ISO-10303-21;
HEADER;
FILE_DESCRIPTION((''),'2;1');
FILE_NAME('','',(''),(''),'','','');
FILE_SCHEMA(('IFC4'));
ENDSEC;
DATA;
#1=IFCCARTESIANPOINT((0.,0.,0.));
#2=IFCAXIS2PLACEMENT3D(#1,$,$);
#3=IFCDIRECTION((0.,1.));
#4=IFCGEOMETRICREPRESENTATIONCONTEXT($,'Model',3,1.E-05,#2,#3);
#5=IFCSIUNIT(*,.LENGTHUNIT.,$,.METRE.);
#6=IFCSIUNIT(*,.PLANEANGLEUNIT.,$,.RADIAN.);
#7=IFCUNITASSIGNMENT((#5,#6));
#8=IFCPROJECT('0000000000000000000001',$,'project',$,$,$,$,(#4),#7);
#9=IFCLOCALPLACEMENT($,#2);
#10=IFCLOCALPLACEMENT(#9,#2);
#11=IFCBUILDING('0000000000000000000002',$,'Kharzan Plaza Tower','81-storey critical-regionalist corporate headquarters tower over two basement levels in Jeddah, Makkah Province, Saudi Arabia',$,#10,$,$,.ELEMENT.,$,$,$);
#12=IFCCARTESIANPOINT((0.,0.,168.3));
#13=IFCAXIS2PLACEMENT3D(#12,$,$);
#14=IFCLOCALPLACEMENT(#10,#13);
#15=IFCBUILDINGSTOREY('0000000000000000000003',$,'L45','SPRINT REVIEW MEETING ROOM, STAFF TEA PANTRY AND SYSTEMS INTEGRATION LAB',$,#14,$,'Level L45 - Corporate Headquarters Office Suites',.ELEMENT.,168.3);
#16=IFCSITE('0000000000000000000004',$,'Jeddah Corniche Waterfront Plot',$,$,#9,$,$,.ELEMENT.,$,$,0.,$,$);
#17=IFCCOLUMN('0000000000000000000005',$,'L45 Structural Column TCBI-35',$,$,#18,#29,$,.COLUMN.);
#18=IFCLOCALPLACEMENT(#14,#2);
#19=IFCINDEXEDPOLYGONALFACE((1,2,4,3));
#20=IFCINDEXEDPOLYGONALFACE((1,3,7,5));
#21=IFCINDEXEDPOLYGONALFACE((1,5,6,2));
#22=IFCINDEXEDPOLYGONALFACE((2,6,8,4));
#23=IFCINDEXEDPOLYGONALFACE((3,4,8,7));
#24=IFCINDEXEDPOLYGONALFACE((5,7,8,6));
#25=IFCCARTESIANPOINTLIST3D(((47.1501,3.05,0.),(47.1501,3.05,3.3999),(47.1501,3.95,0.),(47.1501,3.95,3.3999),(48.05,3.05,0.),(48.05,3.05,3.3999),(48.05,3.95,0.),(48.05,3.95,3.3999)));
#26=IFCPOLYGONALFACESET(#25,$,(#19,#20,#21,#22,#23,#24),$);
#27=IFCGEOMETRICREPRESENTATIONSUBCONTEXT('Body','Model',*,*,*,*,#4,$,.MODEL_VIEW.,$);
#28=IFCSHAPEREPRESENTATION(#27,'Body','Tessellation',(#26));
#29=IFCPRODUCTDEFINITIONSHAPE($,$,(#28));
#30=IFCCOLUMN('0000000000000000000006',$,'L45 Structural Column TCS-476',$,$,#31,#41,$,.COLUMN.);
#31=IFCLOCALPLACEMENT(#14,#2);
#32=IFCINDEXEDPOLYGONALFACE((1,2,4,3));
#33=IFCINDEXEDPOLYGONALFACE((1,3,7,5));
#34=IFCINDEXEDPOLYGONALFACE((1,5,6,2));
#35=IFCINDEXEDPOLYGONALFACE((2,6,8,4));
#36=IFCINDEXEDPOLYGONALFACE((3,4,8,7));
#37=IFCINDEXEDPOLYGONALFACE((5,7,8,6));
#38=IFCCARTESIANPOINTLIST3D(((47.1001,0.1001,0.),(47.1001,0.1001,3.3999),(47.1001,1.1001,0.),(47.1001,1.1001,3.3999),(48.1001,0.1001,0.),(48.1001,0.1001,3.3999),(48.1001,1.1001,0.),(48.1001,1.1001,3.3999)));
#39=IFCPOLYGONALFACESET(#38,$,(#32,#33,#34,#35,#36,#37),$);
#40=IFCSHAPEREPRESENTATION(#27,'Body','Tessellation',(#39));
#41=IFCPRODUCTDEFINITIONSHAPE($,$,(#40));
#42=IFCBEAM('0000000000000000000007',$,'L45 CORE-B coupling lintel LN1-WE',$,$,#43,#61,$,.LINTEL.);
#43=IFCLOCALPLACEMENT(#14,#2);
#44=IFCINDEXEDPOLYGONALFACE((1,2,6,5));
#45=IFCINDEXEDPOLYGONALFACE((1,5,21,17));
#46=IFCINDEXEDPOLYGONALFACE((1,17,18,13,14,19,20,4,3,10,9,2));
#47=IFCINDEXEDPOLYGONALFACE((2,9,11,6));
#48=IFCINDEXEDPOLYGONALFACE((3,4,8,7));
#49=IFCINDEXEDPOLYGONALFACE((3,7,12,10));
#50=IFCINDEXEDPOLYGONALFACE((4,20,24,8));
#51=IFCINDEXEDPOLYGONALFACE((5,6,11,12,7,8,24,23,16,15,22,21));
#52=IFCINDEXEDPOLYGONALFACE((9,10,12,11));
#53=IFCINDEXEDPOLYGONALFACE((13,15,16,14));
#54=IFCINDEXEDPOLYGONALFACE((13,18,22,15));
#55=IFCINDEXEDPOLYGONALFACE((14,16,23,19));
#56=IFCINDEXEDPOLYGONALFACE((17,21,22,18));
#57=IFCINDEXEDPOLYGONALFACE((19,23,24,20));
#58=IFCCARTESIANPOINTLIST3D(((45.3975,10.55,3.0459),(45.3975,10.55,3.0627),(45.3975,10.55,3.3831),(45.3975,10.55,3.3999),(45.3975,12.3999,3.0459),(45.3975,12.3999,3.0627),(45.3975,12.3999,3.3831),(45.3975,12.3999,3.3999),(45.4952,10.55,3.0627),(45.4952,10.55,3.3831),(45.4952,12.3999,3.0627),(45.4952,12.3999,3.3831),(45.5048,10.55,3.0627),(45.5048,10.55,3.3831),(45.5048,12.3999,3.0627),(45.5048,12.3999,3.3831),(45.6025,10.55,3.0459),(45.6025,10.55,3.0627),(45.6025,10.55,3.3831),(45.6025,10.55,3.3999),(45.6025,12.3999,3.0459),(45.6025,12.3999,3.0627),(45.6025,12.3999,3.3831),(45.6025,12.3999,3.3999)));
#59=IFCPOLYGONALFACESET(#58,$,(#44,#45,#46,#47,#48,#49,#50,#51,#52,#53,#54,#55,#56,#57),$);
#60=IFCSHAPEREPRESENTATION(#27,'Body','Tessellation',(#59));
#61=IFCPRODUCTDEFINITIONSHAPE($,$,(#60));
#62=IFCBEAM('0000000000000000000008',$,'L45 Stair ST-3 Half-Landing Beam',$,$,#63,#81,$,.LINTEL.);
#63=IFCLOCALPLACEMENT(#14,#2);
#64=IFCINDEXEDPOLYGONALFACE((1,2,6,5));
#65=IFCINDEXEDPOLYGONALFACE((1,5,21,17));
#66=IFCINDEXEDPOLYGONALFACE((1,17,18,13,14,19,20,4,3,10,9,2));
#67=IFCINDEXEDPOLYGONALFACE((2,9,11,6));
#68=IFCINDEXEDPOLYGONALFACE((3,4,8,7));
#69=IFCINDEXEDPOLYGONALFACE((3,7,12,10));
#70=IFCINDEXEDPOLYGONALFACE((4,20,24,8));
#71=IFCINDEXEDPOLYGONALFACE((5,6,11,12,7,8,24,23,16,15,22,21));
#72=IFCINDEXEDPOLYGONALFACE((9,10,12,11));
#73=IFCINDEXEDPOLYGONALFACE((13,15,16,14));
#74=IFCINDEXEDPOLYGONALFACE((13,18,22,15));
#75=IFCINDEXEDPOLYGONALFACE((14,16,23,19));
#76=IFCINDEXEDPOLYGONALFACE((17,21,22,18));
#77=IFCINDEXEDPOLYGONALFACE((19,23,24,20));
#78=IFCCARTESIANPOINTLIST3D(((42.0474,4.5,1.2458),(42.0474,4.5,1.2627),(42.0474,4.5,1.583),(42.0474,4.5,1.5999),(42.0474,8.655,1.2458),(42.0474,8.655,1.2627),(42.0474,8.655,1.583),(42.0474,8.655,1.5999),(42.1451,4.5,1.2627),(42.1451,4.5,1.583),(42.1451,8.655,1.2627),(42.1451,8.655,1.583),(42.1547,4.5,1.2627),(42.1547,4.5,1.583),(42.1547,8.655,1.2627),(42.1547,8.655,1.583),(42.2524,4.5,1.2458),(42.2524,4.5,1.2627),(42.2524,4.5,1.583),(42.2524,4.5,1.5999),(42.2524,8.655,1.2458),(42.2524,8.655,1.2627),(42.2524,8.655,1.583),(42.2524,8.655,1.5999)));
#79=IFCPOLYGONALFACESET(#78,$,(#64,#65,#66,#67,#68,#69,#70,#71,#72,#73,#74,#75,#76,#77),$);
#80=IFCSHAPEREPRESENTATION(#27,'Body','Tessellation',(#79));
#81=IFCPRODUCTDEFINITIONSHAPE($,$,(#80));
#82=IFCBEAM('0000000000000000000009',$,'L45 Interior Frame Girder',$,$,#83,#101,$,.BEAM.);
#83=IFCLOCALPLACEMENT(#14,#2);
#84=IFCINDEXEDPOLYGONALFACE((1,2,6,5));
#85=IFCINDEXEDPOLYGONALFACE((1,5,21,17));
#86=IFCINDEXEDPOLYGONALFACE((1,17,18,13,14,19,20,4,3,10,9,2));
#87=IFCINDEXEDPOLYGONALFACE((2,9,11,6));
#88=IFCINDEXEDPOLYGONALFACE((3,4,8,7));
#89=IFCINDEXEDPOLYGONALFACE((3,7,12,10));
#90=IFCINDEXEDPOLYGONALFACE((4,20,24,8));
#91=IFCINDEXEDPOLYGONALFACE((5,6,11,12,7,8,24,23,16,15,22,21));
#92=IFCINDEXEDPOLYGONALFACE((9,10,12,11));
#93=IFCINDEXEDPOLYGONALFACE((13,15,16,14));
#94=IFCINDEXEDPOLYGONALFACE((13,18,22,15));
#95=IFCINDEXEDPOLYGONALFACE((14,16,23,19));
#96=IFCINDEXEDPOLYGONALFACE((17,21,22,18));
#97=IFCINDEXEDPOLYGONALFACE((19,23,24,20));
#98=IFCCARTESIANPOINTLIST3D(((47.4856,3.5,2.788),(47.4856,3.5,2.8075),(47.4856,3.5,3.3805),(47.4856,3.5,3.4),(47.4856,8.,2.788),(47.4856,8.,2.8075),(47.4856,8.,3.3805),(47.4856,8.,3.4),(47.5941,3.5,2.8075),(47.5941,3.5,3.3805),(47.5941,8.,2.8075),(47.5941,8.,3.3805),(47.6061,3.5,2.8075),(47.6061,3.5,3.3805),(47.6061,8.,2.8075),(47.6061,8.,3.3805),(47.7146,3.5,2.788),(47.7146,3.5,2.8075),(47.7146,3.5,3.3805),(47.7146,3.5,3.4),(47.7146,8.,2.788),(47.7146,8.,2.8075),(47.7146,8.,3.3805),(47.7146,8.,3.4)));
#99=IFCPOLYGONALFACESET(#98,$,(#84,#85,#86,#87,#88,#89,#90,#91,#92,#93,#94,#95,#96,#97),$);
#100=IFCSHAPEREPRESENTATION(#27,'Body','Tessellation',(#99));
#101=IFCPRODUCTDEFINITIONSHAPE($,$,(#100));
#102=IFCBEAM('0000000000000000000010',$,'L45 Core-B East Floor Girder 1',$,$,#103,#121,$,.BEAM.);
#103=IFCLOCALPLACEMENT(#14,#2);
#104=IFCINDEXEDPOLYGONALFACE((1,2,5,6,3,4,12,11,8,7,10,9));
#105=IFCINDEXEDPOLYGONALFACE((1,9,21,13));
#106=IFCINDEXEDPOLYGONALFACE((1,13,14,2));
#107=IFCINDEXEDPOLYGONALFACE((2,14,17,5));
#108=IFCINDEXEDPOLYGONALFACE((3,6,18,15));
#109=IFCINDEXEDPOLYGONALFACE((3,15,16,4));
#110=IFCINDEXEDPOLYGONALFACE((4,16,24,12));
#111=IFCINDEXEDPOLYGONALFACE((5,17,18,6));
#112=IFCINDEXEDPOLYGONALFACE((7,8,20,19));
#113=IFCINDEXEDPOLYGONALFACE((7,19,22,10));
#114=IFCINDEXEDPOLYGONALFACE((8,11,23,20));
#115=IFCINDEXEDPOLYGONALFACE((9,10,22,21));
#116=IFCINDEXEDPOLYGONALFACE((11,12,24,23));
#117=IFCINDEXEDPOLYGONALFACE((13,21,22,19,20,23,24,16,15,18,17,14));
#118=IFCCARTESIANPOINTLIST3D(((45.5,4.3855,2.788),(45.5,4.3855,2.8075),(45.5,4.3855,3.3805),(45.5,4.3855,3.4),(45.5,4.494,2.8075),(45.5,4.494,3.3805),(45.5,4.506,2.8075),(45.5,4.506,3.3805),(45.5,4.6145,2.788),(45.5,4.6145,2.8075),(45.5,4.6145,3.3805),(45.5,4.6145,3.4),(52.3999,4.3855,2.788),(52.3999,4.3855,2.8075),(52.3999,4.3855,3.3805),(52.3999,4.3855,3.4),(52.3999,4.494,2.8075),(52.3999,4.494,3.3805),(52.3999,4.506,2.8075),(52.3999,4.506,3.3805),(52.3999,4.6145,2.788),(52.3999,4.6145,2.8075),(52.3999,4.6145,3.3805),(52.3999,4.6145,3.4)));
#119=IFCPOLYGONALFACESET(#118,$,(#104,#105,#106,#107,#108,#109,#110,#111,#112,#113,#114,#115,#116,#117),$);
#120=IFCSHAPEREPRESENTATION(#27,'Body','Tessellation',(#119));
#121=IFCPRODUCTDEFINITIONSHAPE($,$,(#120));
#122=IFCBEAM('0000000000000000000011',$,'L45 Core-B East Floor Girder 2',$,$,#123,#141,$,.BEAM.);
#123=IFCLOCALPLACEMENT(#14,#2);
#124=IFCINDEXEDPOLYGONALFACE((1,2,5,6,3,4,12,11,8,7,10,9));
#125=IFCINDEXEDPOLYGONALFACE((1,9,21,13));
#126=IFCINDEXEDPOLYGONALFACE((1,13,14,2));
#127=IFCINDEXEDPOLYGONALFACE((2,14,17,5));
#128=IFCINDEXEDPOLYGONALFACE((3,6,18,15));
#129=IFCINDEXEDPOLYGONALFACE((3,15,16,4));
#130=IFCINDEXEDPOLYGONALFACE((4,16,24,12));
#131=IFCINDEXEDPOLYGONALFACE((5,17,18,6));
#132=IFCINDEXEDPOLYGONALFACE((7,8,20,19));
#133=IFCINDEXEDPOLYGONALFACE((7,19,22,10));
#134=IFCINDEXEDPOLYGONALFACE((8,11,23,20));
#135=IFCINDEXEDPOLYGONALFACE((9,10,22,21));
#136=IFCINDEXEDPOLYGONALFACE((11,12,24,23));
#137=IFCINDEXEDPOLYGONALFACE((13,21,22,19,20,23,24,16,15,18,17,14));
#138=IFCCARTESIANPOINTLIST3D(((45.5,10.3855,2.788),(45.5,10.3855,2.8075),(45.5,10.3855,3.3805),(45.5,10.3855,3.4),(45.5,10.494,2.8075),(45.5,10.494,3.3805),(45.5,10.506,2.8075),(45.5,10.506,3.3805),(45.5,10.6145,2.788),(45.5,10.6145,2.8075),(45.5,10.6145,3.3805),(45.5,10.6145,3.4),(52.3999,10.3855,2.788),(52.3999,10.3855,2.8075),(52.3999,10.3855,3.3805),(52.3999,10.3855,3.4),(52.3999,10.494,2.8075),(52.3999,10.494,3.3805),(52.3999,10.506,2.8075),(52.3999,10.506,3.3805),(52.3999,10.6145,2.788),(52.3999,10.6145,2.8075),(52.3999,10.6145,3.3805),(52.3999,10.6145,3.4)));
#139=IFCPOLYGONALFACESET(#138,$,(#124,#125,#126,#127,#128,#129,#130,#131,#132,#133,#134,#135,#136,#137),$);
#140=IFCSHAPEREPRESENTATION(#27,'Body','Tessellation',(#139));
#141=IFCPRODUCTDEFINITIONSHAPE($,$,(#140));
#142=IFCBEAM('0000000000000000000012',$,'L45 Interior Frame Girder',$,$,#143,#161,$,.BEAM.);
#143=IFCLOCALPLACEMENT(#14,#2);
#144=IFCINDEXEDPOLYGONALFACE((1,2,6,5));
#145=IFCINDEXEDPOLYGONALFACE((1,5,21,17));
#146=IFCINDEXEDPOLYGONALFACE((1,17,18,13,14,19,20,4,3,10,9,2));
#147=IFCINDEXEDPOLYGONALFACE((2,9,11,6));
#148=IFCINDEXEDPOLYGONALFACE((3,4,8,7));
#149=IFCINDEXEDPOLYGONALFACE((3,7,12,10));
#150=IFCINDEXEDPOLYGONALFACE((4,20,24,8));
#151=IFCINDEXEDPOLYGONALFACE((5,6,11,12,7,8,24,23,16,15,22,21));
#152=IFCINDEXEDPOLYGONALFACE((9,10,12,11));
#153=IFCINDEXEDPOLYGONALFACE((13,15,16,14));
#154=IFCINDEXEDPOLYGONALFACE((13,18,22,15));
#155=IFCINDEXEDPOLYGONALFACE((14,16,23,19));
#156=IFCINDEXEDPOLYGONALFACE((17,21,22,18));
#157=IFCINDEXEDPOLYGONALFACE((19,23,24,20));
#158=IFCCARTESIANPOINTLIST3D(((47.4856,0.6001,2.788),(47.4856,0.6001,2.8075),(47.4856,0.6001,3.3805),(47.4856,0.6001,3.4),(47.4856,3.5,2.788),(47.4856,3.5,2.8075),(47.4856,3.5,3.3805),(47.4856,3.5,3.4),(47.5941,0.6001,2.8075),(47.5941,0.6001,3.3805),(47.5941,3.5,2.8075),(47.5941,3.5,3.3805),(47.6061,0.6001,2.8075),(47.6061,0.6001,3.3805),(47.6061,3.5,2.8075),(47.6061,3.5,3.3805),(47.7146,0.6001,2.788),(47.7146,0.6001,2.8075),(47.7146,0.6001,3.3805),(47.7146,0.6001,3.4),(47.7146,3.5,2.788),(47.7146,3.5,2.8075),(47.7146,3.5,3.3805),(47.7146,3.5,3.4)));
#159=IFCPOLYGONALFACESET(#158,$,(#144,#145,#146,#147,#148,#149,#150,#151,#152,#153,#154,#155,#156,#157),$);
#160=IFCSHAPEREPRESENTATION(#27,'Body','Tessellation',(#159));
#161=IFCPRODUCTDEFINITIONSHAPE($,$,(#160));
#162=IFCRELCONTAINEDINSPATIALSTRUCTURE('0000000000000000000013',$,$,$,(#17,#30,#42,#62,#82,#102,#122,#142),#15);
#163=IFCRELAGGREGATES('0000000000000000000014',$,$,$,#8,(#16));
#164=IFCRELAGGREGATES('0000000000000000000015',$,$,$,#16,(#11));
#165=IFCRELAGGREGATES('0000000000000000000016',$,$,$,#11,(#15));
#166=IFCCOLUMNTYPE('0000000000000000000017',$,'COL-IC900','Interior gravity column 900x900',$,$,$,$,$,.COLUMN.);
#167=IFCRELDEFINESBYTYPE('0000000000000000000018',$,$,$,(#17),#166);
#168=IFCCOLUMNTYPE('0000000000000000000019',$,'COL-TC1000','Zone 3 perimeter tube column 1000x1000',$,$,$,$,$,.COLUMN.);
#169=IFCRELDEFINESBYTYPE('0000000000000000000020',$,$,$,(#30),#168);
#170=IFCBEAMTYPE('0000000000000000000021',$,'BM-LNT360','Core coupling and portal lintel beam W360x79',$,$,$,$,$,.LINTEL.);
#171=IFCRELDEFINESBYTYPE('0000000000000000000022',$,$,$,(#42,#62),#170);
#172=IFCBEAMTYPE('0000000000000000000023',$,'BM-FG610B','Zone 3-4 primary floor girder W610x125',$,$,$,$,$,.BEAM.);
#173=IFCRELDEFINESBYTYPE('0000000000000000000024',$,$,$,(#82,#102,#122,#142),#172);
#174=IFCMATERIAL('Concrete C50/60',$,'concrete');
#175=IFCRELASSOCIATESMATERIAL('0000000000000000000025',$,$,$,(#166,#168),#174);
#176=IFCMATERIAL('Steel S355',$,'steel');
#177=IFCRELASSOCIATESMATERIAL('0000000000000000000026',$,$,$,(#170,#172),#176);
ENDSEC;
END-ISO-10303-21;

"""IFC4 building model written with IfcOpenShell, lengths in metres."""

from ifc_helpers import new_model, si_unit, direction, frame, origin, origin_2d, place, context, subcontext, project, spatial, rectangle, i_section, extrude, source, transform, mapped, material, material_profile, profile_set, type_object, element, save


model = new_model("IFC4")

# Units and contexts
model_context = context("Model", 3, precision=1e-05, world=origin(), true_north=direction((0.0, 1.0)))
body_context = subcontext(model_context, "Body", "Model", "MODEL_VIEW")
ifc_project = project(units=[si_unit("LENGTHUNIT", "METRE"), si_unit("PLANEANGLEUNIT", "RADIAN")], contexts=[model_context])

# Site, building, storey
site_placement = place(None, origin())
site = spatial("IfcSite", under=ifc_project, at=site_placement, Name="Jeddah Corniche Waterfront Plot", CompositionType="ELEMENT", RefElevation=0.0)
building_placement = place(site_placement, origin())
building = spatial("IfcBuilding", under=site, at=building_placement, Name="Kharzan Plaza Tower", Description="81-storey critical-regionalist corporate headquarters tower over two basement levels in Jeddah, Makkah Province, Saudi Arabia", CompositionType="ELEMENT")
storey_placement = place(building_placement, frame((0.0, 0.0, 168.3)))
storey = spatial("IfcBuildingStorey", under=building, at=storey_placement, Name="L45", Description="SPRINT REVIEW MEETING ROOM, STAFF TEA PANTRY AND SYSTEMS INTEGRATION LAB", LongName="Level L45 - Corporate Headquarters Office Suites", CompositionType="ELEMENT", Elevation=168.3)

# Columns
ifc_material_1 = material(Name="Concrete C50/60", Category="concrete")
ifc_material_profile_1 = material_profile(ifc_material_1, rectangle(XDim=0.8999, YDim=0.8999, at=origin_2d()), Name="RC-IC900x900")
ifc_profile_set_1 = profile_set([ifc_material_profile_1], Name="Concrete C50/60")
column_type_1 = type_object("IfcColumnType", Name="COL-IC900", Description="Interior gravity column 900x900", PredefinedType="COLUMN", material=ifc_profile_set_1)
shared_shape_1 = source(origin(), body_context, "Body", "SweptSolid", [
    extrude(rectangle(XDim=0.8999, YDim=0.8999, at=origin_2d()), origin(), (0.0, 0.0, 1.0), 3.3999),
])
column_1_placement = place(storey_placement, frame((47.6001, 3.5, 0.0), z_axis=(0.0, 0.0, 1.0), x_axis=(1.0, 0.0, 0.0)))
element("IfcColumn", 1, at=column_1_placement, inside=storey, type_object=column_type_1, Name="L45 Structural Column TCBI-35", PredefinedType="COLUMN", context=body_context, shape_type="MappedRepresentation", body=[
    mapped(shared_shape_1, transform((0.0, 0.0, 0.0), x_axis=(1.0, 0.0, 0.0), y_axis=(0.0, 1.0, 0.0), z_axis=(0.0, 0.0, 1.0))),
])
ifc_material_profile_2 = material_profile(ifc_material_1, rectangle(XDim=1.0, YDim=1.0, at=origin_2d()), Name="RC-TC1000x1000")
ifc_profile_set_2 = profile_set([ifc_material_profile_2], Name="Concrete C50/60")
column_type_2 = type_object("IfcColumnType", Name="COL-TC1000", Description="Zone 3 perimeter tube column 1000x1000", PredefinedType="COLUMN", material=ifc_profile_set_2)
shared_shape_2 = source(origin(), body_context, "Body", "SweptSolid", [
    extrude(rectangle(XDim=1.0, YDim=1.0, at=origin_2d()), origin(), (0.0, 0.0, 1.0), 3.3999),
])
column_2_placement = place(storey_placement, frame((47.6001, 0.6001, 0.0), z_axis=(0.0, 0.0, 1.0), x_axis=(1.0, 0.0, 0.0)))
element("IfcColumn", 2, at=column_2_placement, inside=storey, type_object=column_type_2, Name="L45 Structural Column TCS-476", PredefinedType="COLUMN", context=body_context, shape_type="MappedRepresentation", body=[
    mapped(shared_shape_2, transform((0.0, 0.0, 0.0), x_axis=(1.0, 0.0, 0.0), y_axis=(0.0, 1.0, 0.0), z_axis=(0.0, 0.0, 1.0))),
])

# Beams
ifc_material_2 = material(Name="Steel S355", Category="steel")
ifc_material_profile_3 = material_profile(ifc_material_2, i_section(OverallWidth=0.2051, OverallDepth=0.354, WebThickness=0.0095, FlangeThickness=0.0168, at=origin_2d()), Name="W360x79")
ifc_profile_set_3 = profile_set([ifc_material_profile_3], Name="Steel S355")
beam_type_1 = type_object("IfcBeamType", Name="BM-LNT360", Description="Core coupling and portal lintel beam W360x79", PredefinedType="LINTEL", material=ifc_profile_set_3)
shared_shape_3 = source(origin(), body_context, "Body", "SweptSolid", [
    extrude(i_section(OverallWidth=0.2051, OverallDepth=0.354, WebThickness=0.0095, FlangeThickness=0.0168, at=origin_2d()), origin(), (0.0, 0.0, 1.0), 1.8499),
])
beam_1_placement = place(storey_placement, frame((45.5, 10.55, 3.2229), z_axis=(0.0, 1.0, 0.0), x_axis=(-1.0, 0.0, 0.0)))
element("IfcBeam", 3, at=beam_1_placement, inside=storey, type_object=beam_type_1, Name="L45 CORE-B coupling lintel LN1-WE", PredefinedType="LINTEL", context=body_context, shape_type="MappedRepresentation", body=[
    mapped(shared_shape_3, transform((0.0, 0.0, 0.0), x_axis=(1.0, 0.0, 0.0), y_axis=(0.0, 1.0, 0.0), z_axis=(0.0, 0.0, 1.0))),
])
shared_shape_4 = source(origin(), body_context, "Body", "SweptSolid", [
    extrude(i_section(OverallWidth=0.2051, OverallDepth=0.354, WebThickness=0.0095, FlangeThickness=0.0168, at=origin_2d()), origin(), (0.0, 0.0, 1.0), 4.155),
])
beam_2_placement = place(storey_placement, frame((42.1499, 4.5, 1.4229), z_axis=(0.0, 1.0, 0.0), x_axis=(-1.0, 0.0, 0.0)))
element("IfcBeam", 4, at=beam_2_placement, inside=storey, type_object=beam_type_1, Name="L45 Stair ST-3 Half-Landing Beam", PredefinedType="LINTEL", context=body_context, shape_type="MappedRepresentation", body=[
    mapped(shared_shape_4, transform((0.0, 0.0, 0.0), x_axis=(1.0, 0.0, 0.0), y_axis=(0.0, 1.0, 0.0), z_axis=(0.0, 0.0, 1.0))),
])
ifc_material_profile_4 = material_profile(ifc_material_2, i_section(OverallWidth=0.229, OverallDepth=0.6121, WebThickness=0.012, FlangeThickness=0.0195, at=origin_2d()), Name="W610x125")
ifc_profile_set_4 = profile_set([ifc_material_profile_4], Name="Steel S355")
beam_type_2 = type_object("IfcBeamType", Name="BM-FG610B", Description="Zone 3-4 primary floor girder W610x125", PredefinedType="BEAM", material=ifc_profile_set_4)
shared_shape_5 = source(origin(), body_context, "Body", "SweptSolid", [
    extrude(i_section(OverallWidth=0.229, OverallDepth=0.6121, WebThickness=0.012, FlangeThickness=0.0195, at=origin_2d()), origin(), (0.0, 0.0, 1.0), 4.5),
])
beam_3_placement = place(storey_placement, frame((47.6001, 3.5, 3.094), z_axis=(0.0, 1.0, 0.0), x_axis=(-1.0, 0.0, 0.0)))
element("IfcBeam", 5, at=beam_3_placement, inside=storey, type_object=beam_type_2, Name="L45 Interior Frame Girder", PredefinedType="BEAM", context=body_context, shape_type="MappedRepresentation", body=[
    mapped(shared_shape_5, transform((0.0, 0.0, 0.0), x_axis=(1.0, 0.0, 0.0), y_axis=(0.0, 1.0, 0.0), z_axis=(0.0, 0.0, 1.0))),
])
shared_shape_6 = source(origin(), body_context, "Body", "SweptSolid", [
    extrude(i_section(OverallWidth=0.229, OverallDepth=0.6121, WebThickness=0.012, FlangeThickness=0.0195, at=origin_2d()), origin(), (0.0, 0.0, 1.0), 6.8999),
])
for number, where, z_axis, x_axis, name in (
    (6, (45.5, 4.5, 3.094), (1.0, 0.0, 0.0), (0.0, 1.0, 0.0), "L45 Core-B East Floor Girder 1"),
    (7, (45.5, 10.5, 3.094), (1.0, 0.0, 0.0), (0.0, 1.0, 0.0), "L45 Core-B East Floor Girder 2"),
):
    element("IfcBeam", number, at=place(storey_placement, frame(where, z_axis=z_axis, x_axis=x_axis)), inside=storey, type_object=beam_type_2, Name=name, PredefinedType="BEAM", context=body_context, shape_type="MappedRepresentation", body=[
        mapped(shared_shape_6, transform((0.0, 0.0, 0.0), x_axis=(1.0, 0.0, 0.0), y_axis=(0.0, 1.0, 0.0), z_axis=(0.0, 0.0, 1.0))),
    ])
shared_shape_7 = source(origin(), body_context, "Body", "SweptSolid", [
    extrude(i_section(OverallWidth=0.229, OverallDepth=0.6121, WebThickness=0.012, FlangeThickness=0.0195, at=origin_2d()), origin(), (0.0, 0.0, 1.0), 2.8999),
])
beam_4_placement = place(storey_placement, frame((47.6001, 0.6001, 3.094), z_axis=(0.0, 1.0, 0.0), x_axis=(-1.0, 0.0, 0.0)))
element("IfcBeam", 8, at=beam_4_placement, inside=storey, type_object=beam_type_2, Name="L45 Interior Frame Girder", PredefinedType="BEAM", context=body_context, shape_type="MappedRepresentation", body=[
    mapped(shared_shape_7, transform((0.0, 0.0, 0.0), x_axis=(1.0, 0.0, 0.0), y_axis=(0.0, 1.0, 0.0), z_axis=(0.0, 0.0, 1.0))),
])

save(model, "model.ifc")
